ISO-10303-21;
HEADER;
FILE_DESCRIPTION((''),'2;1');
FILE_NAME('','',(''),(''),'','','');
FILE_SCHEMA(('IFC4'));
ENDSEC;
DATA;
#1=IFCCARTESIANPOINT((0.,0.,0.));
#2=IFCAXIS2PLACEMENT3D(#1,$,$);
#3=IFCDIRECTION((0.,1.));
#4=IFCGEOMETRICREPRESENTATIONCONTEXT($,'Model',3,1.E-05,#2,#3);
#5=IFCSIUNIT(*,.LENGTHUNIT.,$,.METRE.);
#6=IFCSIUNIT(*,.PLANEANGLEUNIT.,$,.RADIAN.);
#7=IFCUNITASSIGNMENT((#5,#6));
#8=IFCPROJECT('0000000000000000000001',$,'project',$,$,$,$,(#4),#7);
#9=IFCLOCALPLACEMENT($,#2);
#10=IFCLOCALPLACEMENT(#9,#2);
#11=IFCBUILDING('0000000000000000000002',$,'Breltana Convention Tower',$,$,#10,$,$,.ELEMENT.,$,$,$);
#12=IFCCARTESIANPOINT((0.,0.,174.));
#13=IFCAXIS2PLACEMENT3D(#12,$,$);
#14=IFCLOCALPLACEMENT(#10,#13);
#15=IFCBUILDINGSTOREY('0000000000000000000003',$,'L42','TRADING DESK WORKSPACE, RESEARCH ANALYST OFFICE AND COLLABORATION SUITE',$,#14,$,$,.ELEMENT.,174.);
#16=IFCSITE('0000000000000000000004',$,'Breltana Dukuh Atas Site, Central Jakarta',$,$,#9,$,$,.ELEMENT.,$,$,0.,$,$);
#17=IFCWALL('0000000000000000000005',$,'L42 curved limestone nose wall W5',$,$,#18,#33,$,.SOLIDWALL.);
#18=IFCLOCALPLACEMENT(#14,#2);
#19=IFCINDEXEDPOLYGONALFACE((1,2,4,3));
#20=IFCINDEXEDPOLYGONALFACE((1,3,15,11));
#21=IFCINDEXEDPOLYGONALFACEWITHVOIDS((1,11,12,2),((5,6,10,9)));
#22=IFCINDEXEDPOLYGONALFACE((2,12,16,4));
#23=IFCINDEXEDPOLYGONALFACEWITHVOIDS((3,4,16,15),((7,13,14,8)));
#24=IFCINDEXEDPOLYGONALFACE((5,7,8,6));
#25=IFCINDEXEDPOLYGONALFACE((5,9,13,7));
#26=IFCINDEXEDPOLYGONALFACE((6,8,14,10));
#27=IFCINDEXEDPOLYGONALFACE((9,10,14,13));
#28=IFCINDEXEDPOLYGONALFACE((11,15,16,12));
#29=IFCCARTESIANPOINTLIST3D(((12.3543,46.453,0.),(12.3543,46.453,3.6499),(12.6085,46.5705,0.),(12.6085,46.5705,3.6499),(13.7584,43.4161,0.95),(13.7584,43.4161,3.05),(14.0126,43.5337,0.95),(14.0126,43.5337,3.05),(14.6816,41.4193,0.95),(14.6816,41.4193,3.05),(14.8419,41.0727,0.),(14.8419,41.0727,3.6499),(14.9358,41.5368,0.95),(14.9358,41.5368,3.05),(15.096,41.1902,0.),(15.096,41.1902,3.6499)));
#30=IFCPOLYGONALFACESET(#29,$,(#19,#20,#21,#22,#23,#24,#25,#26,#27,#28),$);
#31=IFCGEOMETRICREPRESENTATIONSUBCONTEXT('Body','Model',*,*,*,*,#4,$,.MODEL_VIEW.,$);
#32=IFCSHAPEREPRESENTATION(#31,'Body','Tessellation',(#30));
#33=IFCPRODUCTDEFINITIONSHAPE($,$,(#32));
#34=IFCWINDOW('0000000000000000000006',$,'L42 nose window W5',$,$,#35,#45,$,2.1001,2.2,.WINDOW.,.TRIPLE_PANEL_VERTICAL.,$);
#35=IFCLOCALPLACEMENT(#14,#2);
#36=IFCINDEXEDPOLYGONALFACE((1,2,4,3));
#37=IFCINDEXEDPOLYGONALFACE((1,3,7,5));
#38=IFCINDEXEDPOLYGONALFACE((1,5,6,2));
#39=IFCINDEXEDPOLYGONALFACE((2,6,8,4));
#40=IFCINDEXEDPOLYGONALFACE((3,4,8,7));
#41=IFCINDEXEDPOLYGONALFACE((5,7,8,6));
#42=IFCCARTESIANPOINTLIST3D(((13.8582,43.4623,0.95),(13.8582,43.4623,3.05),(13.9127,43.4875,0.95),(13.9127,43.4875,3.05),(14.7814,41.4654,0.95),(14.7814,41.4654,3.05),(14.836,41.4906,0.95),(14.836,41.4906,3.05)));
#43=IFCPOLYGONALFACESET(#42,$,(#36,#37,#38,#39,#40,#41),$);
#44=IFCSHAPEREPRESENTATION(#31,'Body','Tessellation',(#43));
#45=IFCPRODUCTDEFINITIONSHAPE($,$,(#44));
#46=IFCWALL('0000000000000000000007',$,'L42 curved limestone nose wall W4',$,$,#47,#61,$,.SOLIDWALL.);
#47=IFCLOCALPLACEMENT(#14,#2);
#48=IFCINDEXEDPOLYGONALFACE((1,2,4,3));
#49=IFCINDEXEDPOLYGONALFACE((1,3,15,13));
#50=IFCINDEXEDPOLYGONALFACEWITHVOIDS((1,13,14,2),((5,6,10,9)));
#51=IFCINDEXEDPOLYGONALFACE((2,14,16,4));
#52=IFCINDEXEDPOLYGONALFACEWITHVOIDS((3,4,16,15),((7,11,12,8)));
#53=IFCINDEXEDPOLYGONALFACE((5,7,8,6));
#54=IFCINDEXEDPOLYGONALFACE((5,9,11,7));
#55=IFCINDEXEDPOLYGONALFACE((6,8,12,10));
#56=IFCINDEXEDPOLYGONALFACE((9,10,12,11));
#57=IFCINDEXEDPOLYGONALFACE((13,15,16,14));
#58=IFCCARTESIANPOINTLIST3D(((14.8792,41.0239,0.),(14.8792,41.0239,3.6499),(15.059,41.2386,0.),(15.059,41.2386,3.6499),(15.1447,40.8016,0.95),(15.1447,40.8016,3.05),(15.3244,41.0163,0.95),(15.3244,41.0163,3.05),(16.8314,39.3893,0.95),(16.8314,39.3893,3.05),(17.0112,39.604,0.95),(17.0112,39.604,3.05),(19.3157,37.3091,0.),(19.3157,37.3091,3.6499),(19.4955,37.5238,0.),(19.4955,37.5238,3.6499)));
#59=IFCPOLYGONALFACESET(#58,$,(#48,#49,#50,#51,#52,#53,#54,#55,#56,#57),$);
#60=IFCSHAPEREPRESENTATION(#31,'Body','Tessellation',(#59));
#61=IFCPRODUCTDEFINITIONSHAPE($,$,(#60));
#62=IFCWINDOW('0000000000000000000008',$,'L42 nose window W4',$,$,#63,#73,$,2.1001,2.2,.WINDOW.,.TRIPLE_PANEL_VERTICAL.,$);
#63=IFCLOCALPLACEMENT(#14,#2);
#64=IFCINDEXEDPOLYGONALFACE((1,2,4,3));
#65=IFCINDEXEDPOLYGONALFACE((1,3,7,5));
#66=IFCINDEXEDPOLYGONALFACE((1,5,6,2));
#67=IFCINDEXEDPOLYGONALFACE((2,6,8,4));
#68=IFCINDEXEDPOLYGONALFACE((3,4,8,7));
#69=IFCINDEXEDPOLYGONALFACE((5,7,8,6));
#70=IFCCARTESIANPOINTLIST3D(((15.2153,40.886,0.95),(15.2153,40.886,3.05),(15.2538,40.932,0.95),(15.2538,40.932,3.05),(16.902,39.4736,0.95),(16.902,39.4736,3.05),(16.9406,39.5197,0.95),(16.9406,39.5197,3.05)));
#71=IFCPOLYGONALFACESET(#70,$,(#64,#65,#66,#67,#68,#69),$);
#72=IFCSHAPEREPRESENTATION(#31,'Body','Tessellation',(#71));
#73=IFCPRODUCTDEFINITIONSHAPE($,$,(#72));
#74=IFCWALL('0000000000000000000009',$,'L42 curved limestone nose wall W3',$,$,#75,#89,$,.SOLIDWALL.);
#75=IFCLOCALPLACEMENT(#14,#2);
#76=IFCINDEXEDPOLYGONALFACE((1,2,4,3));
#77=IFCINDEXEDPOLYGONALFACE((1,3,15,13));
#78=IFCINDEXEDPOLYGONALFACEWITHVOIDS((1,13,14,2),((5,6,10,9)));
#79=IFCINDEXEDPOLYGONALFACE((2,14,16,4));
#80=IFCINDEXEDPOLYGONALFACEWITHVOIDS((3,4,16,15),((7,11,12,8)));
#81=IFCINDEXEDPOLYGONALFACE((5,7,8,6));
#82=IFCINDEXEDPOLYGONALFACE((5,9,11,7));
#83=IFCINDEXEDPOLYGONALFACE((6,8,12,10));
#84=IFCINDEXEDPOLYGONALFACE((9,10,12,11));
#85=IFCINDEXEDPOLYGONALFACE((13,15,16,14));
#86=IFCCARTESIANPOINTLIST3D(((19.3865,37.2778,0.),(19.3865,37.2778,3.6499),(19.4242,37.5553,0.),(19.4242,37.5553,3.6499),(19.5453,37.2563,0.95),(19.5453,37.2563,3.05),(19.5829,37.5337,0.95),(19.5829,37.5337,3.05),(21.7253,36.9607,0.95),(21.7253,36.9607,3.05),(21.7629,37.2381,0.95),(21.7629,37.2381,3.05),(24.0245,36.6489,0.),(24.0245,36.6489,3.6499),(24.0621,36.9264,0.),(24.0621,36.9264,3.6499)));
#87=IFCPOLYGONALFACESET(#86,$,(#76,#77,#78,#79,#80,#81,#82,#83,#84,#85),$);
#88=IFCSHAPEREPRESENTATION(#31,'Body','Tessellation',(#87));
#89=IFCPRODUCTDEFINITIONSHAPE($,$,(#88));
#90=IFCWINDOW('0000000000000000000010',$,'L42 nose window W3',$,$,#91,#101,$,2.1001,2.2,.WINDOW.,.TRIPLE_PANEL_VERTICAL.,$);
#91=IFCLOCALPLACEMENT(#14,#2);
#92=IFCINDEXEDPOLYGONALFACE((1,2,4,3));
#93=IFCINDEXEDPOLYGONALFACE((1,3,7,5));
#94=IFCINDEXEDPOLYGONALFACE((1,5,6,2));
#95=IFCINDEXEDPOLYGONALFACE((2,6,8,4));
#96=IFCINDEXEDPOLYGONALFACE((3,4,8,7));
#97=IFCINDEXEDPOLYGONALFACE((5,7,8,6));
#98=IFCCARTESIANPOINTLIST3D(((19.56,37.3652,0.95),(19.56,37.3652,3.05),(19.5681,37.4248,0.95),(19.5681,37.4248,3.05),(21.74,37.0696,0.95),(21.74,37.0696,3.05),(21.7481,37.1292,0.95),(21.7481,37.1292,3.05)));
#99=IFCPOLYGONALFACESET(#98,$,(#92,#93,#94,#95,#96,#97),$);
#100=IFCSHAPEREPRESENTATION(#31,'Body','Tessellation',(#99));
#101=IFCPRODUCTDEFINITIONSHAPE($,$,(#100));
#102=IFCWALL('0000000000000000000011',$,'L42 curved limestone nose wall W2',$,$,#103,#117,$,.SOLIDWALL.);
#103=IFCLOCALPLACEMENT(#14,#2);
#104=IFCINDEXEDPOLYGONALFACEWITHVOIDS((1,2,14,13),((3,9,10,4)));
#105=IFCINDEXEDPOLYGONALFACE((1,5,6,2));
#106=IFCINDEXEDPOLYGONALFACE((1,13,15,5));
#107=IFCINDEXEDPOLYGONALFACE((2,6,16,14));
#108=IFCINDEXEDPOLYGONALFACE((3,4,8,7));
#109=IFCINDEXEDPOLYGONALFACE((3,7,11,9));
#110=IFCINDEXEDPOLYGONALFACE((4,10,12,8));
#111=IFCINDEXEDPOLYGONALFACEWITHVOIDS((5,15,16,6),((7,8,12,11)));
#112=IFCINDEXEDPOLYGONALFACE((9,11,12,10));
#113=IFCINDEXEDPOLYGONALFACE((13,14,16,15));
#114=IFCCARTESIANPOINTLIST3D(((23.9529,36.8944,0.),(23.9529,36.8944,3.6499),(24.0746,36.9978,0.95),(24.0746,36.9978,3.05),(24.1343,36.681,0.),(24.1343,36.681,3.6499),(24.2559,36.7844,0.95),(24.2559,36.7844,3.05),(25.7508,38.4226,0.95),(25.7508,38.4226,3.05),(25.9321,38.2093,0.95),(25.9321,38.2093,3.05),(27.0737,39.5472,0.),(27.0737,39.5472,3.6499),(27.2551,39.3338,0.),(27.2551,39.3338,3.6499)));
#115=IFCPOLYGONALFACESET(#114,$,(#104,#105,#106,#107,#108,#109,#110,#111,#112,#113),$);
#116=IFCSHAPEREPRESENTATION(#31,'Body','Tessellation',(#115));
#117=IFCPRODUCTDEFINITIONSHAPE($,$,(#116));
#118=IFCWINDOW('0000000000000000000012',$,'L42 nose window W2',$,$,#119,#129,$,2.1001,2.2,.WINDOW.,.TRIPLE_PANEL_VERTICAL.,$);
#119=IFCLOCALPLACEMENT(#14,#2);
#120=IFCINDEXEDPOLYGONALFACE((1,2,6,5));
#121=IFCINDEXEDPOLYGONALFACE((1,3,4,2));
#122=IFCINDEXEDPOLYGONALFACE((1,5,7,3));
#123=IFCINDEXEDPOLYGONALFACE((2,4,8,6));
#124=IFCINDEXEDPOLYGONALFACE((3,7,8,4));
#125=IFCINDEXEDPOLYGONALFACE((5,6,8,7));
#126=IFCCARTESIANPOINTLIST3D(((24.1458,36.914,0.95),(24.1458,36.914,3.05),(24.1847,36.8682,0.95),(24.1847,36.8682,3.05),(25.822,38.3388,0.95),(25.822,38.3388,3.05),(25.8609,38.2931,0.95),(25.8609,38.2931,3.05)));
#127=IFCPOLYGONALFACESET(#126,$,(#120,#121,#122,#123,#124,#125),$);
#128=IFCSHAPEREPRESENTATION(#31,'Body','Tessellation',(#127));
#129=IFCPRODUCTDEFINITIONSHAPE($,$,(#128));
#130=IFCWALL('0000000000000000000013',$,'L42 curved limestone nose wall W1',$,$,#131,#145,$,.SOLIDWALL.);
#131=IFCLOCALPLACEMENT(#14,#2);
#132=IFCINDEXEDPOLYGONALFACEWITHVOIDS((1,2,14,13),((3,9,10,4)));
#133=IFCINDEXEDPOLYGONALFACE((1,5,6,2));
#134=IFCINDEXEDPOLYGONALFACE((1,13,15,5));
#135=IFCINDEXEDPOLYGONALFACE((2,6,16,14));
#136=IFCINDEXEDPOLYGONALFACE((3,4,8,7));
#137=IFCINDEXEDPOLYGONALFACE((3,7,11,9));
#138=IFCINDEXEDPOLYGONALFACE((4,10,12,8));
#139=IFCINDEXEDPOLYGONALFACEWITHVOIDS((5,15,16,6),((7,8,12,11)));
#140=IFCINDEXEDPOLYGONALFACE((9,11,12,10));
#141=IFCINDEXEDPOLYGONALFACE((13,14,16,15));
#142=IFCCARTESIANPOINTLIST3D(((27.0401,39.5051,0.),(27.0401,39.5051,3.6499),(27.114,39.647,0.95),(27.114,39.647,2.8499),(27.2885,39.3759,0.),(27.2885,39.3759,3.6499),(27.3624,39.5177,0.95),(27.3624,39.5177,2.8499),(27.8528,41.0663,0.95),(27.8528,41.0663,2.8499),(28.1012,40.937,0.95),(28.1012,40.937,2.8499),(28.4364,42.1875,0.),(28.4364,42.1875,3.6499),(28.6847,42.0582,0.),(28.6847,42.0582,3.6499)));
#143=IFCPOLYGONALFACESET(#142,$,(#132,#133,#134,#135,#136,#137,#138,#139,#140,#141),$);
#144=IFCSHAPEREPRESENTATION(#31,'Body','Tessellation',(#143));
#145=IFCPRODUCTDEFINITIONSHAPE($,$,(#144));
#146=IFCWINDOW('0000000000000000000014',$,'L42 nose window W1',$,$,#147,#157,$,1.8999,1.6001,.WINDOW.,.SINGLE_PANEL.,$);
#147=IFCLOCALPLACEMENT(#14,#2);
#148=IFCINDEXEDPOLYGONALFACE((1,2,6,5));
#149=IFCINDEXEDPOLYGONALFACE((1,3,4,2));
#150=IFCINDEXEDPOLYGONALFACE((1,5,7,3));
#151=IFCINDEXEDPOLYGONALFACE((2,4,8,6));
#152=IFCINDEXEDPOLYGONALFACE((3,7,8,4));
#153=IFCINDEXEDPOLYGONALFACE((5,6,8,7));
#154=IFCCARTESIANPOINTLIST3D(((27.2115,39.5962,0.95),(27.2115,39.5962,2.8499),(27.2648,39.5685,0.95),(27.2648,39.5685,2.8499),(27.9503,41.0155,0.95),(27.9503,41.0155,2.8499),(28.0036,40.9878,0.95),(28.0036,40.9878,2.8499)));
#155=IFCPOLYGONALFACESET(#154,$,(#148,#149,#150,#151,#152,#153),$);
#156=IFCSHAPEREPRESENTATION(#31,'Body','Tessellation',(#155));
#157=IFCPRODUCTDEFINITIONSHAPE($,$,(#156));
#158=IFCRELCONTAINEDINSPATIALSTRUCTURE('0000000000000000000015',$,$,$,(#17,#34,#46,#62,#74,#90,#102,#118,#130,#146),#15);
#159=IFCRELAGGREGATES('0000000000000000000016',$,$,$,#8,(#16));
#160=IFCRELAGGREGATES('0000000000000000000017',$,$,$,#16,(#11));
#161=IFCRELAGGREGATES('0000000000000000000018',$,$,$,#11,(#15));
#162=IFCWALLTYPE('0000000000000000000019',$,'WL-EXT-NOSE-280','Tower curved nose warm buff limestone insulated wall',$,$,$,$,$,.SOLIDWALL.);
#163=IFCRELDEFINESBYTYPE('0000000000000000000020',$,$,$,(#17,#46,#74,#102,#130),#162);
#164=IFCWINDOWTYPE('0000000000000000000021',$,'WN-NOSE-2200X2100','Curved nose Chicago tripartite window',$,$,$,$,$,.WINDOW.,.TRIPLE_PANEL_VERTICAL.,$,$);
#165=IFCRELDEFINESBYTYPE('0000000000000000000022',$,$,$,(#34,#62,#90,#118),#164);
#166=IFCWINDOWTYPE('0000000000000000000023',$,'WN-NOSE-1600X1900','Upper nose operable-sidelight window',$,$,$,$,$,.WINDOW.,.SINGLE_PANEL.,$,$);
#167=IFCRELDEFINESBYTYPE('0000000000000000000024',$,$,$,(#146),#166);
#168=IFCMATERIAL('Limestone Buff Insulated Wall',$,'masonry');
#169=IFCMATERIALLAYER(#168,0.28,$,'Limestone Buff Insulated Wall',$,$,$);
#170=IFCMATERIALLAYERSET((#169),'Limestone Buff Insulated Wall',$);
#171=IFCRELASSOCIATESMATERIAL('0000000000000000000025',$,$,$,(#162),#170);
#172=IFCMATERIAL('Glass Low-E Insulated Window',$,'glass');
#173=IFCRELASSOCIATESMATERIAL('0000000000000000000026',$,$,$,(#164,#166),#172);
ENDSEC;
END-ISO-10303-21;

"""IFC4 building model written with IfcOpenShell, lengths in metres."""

from ifc_helpers import new_model, si_unit, direction, frame, frame_2d, origin, place, context, subcontext, project, spatial, rectangle, extrude, source, transform, mapped, material, layer, layer_set, type_object, type_shapes, element, fill, save


model = new_model("IFC4")

# Units and contexts
model_context = context("Model", 3, precision=1e-05, world=origin(), true_north=direction((0.0, 1.0)))
body_context = subcontext(model_context, "Body", "Model", "MODEL_VIEW")
ifc_project = project(units=[si_unit("LENGTHUNIT", "METRE"), si_unit("PLANEANGLEUNIT", "RADIAN")], contexts=[model_context])

# Site, building, storey
site_placement = place(None, origin())
site = spatial("IfcSite", under=ifc_project, at=site_placement, Name="Breltana Dukuh Atas Site, Central Jakarta", CompositionType="ELEMENT", RefElevation=0.0)
building_placement = place(site_placement, origin())
building = spatial("IfcBuilding", under=site, at=building_placement, Name="Breltana Convention Tower", CompositionType="ELEMENT")
storey_placement = place(building_placement, frame((0.0, 0.0, 174.0)))
storey = spatial("IfcBuildingStorey", under=building, at=storey_placement, Name="L42", Description="TRADING DESK WORKSPACE, RESEARCH ANALYST OFFICE AND COLLABORATION SUITE", CompositionType="ELEMENT", Elevation=174.0)

# Walls, openings, windows
ifc_material_1 = material(Name="Limestone Buff Insulated Wall", Category="masonry")
ifc_layer_1 = layer(ifc_material_1, 0.28, Name="Limestone Buff Insulated Wall")
ifc_layer_set_1 = layer_set([ifc_layer_1], Name="Limestone Buff Insulated Wall")
wall_type_1 = type_object("IfcWallType", Name="WL-EXT-NOSE-280", Description="Tower curved nose warm buff limestone insulated wall", PredefinedType="SOLIDWALL", material=ifc_layer_set_1)
shared_shape_1 = source(origin(), body_context, "Body", "SweptSolid", [
    extrude(rectangle(XDim=5.9275, YDim=0.28, at=frame_2d((2.9639, 0.0))), origin(), (0.0, 0.0, 1.0), 3.6499),
])
wall_1_placement = place(storey_placement, frame((14.969, 41.1313, 0.0), z_axis=(0.0, 0.0, 1.0), x_axis=(-0.419656, 0.907683, 0.0)))
wall_1 = element("IfcWall", 1, at=wall_1_placement, inside=storey, type_object=wall_type_1, Name="L42 curved limestone nose wall W5", PredefinedType="SOLIDWALL", context=body_context, shape_type="MappedRepresentation", body=[
    mapped(shared_shape_1, transform((0.0, 0.0, 0.0), scale=1.0)),
])
opening_1_placement = place(wall_1_placement, frame((0.3818, 0.0, 0.95)))
opening_1 = element("IfcOpeningElement", 2, at=opening_1_placement, cuts=wall_1, PredefinedType="OPENING", context=body_context, shape_type="SweptSolid", body=[
    extrude(rectangle(XDim=2.2, YDim=2.1001, at=frame_2d((1.1001, 1.05))), frame((0.0, 0.1499, 0.0), z_axis=(0.0, -1.0, 0.0), x_axis=(1.0, 0.0, 0.0)), (0.0, 0.0, 1.0), 0.3),
])
ifc_material_2 = material(Name="Glass Low-E Insulated Window", Category="glass")
window_type_1 = type_object("IfcWindowType", Name="WN-NOSE-2200X2100", Description="Curved nose Chicago tripartite window", PartitioningType="TRIPLE_PANEL_VERTICAL", PredefinedType="WINDOW", material=ifc_material_2)
shared_shape_2 = source(origin(), body_context, "Body", "SweptSolid", [
    extrude(rectangle(XDim=2.2, YDim=2.1001, at=frame_2d((1.1001, 1.05))), frame((0.0, 0.03, 0.0), z_axis=(0.0, -1.0, 0.0), x_axis=(1.0, 0.0, 0.0)), (0.0, 0.0, 1.0), 0.0601),
])
type_shapes(window_type_1, [shared_shape_2])
window_1_placement = place(opening_1_placement, origin())
window_1 = element("IfcWindow", 3, at=window_1_placement, inside=storey, type_object=window_type_1, Name="L42 nose window W5", OverallHeight=2.1001, OverallWidth=2.2, PartitioningType="TRIPLE_PANEL_VERTICAL", PredefinedType="WINDOW", context=body_context, shape_type="MappedRepresentation", body=[
    mapped(shared_shape_2, transform((0.0, 0.0, 0.0), scale=1.0)),
])
fill(opening_1, window_1)
shared_shape_3 = source(origin(), body_context, "Body", "SweptSolid", [
    extrude(rectangle(XDim=5.7864, YDim=0.28, at=frame_2d((2.8931, 0.0))), origin(), (0.0, 0.0, 1.0), 3.6499),
])
wall_2_placement = place(storey_placement, frame((19.4055, 37.4165, 0.0), z_axis=(0.0, 0.0, 1.0), x_axis=(-0.766711, 0.641992, 0.0)))
wall_2 = element("IfcWall", 4, at=wall_2_placement, inside=storey, type_object=wall_type_1, Name="L42 curved limestone nose wall W4", PredefinedType="SOLIDWALL", context=body_context, shape_type="MappedRepresentation", body=[
    mapped(shared_shape_3, transform((0.0, 0.0, 0.0), scale=1.0)),
])
opening_2_placement = place(wall_2_placement, frame((3.24, 0.0, 0.95)))
opening_2 = element("IfcOpeningElement", 5, at=opening_2_placement, cuts=wall_2, PredefinedType="OPENING", context=body_context, shape_type="SweptSolid", body=[
    extrude(rectangle(XDim=2.2, YDim=2.1001, at=frame_2d((1.1001, 1.05))), frame((0.0, 0.1499, 0.0), z_axis=(0.0, -1.0, 0.0), x_axis=(1.0, 0.0, 0.0)), (0.0, 0.0, 1.0), 0.3),
])
window_2_placement = place(opening_2_placement, origin())
window_2 = element("IfcWindow", 6, at=window_2_placement, inside=storey, type_object=window_type_1, Name="L42 nose window W4", OverallHeight=2.1001, OverallWidth=2.2, PartitioningType="TRIPLE_PANEL_VERTICAL", PredefinedType="WINDOW", context=body_context, shape_type="MappedRepresentation", body=[
    mapped(shared_shape_2, transform((0.0, 0.0, 0.0), scale=1.0)),
])
fill(opening_2, window_2)
shared_shape_4 = source(origin(), body_context, "Body", "SweptSolid", [
    extrude(rectangle(XDim=4.6804, YDim=0.28, at=frame_2d((2.3403, 0.0))), origin(), (0.0, 0.0, 1.0), 3.6499),
])
wall_3_placement = place(storey_placement, frame((24.0435, 36.7876, 0.0), z_axis=(0.0, 0.0, 1.0), x_axis=(-0.990931, 0.134371, 0.0)))
wall_3 = element("IfcWall", 7, at=wall_3_placement, inside=storey, type_object=wall_type_1, Name="L42 curved limestone nose wall W3", PredefinedType="SOLIDWALL", context=body_context, shape_type="MappedRepresentation", body=[
    mapped(shared_shape_4, transform((0.0, 0.0, 0.0), scale=1.0)),
])
opening_3_placement = place(wall_3_placement, frame((2.3203, 0.0, 0.95)))
opening_3 = element("IfcOpeningElement", 8, at=opening_3_placement, cuts=wall_3, PredefinedType="OPENING", context=body_context, shape_type="SweptSolid", body=[
    extrude(rectangle(XDim=2.2, YDim=2.1001, at=frame_2d((1.1001, 1.05))), frame((0.0, 0.1499, 0.0), z_axis=(0.0, -1.0, 0.0), x_axis=(1.0, 0.0, 0.0)), (0.0, 0.0, 1.0), 0.3),
])
window_3_placement = place(opening_3_placement, origin())
window_3 = element("IfcWindow", 9, at=window_3_placement, inside=storey, type_object=window_type_1, Name="L42 nose window W3", OverallHeight=2.1001, OverallWidth=2.2, PartitioningType="TRIPLE_PANEL_VERTICAL", PredefinedType="WINDOW", context=body_context, shape_type="MappedRepresentation", body=[
    mapped(shared_shape_2, transform((0.0, 0.0, 0.0), scale=1.0)),
])
fill(opening_3, window_3)
shared_shape_5 = source(origin(), body_context, "Body", "SweptSolid", [
    extrude(rectangle(XDim=4.0959, YDim=0.28, at=frame_2d((2.0479, 0.0))), origin(), (0.0, 0.0, 1.0), 3.6499),
])
wall_4_placement = place(storey_placement, frame((27.1643, 39.4404, 0.0), z_axis=(0.0, 0.0, 1.0), x_axis=(-0.761926, -0.647664, 0.0)))
wall_4 = element("IfcWall", 10, at=wall_4_placement, inside=storey, type_object=wall_type_1, Name="L42 curved limestone nose wall W2", PredefinedType="SOLIDWALL", context=body_context, shape_type="MappedRepresentation", body=[
    mapped(shared_shape_5, transform((0.0, 0.0, 0.0), scale=1.0)),
])
opening_4_placement = place(wall_4_placement, frame((1.7361, 0.0, 0.95)))
opening_4 = element("IfcOpeningElement", 11, at=opening_4_placement, cuts=wall_4, PredefinedType="OPENING", context=body_context, shape_type="SweptSolid", body=[
    extrude(rectangle(XDim=2.2, YDim=2.1001, at=frame_2d((1.1001, 1.05))), frame((0.0, 0.1499, 0.0), z_axis=(0.0, -1.0, 0.0), x_axis=(1.0, 0.0, 0.0)), (0.0, 0.0, 1.0), 0.3),
])
window_4_placement = place(opening_4_placement, origin())
window_4 = element("IfcWindow", 12, at=window_4_placement, inside=storey, type_object=window_type_1, Name="L42 nose window W2", OverallHeight=2.1001, OverallWidth=2.2, PartitioningType="TRIPLE_PANEL_VERTICAL", PredefinedType="WINDOW", context=body_context, shape_type="MappedRepresentation", body=[
    mapped(shared_shape_2, transform((0.0, 0.0, 0.0), scale=1.0)),
])
fill(opening_4, window_4)
shared_shape_6 = source(origin(), body_context, "Body", "SweptSolid", [
    extrude(rectangle(XDim=3.0239, YDim=0.28, at=frame_2d((1.512, 0.0))), origin(), (0.0, 0.0, 1.0), 3.6499),
])
wall_5_placement = place(storey_placement, frame((28.5605, 42.1228, 0.0), z_axis=(0.0, 0.0, 1.0), x_axis=(-0.461719, -0.887026, 0.0)))
wall_5 = element("IfcWall", 13, at=wall_5_placement, inside=storey, type_object=wall_type_1, Name="L42 curved limestone nose wall W1", PredefinedType="SOLIDWALL", context=body_context, shape_type="MappedRepresentation", body=[
    mapped(shared_shape_6, transform((0.0, 0.0, 0.0), scale=1.0)),
])
opening_5_placement = place(wall_5_placement, frame((1.2639, 0.0, 0.95)))
opening_5 = element("IfcOpeningElement", 14, at=opening_5_placement, cuts=wall_5, PredefinedType="OPENING", context=body_context, shape_type="SweptSolid", body=[
    extrude(rectangle(XDim=1.6001, YDim=1.8999, at=frame_2d((0.8, 0.95))), frame((0.0, 0.1499, 0.0), z_axis=(0.0, -1.0, 0.0), x_axis=(1.0, 0.0, 0.0)), (0.0, 0.0, 1.0), 0.3),
])
window_type_2 = type_object("IfcWindowType", Name="WN-NOSE-1600X1900", Description="Upper nose operable-sidelight window", PartitioningType="SINGLE_PANEL", PredefinedType="WINDOW", material=ifc_material_2)
shared_shape_7 = source(origin(), body_context, "Body", "SweptSolid", [
    extrude(rectangle(XDim=1.6001, YDim=1.8999, at=frame_2d((0.8, 0.95))), frame((0.0, 0.03, 0.0), z_axis=(0.0, -1.0, 0.0), x_axis=(1.0, 0.0, 0.0)), (0.0, 0.0, 1.0), 0.0601),
])
type_shapes(window_type_2, [shared_shape_7])
window_5_placement = place(opening_5_placement, origin())
window_5 = element("IfcWindow", 15, at=window_5_placement, inside=storey, type_object=window_type_2, Name="L42 nose window W1", OverallHeight=1.8999, OverallWidth=1.6001, PartitioningType="SINGLE_PANEL", PredefinedType="WINDOW", context=body_context, shape_type="MappedRepresentation", body=[
    mapped(shared_shape_7, transform((0.0, 0.0, 0.0), scale=1.0)),
])
fill(opening_5, window_5)

save(model, "model.ifc")
